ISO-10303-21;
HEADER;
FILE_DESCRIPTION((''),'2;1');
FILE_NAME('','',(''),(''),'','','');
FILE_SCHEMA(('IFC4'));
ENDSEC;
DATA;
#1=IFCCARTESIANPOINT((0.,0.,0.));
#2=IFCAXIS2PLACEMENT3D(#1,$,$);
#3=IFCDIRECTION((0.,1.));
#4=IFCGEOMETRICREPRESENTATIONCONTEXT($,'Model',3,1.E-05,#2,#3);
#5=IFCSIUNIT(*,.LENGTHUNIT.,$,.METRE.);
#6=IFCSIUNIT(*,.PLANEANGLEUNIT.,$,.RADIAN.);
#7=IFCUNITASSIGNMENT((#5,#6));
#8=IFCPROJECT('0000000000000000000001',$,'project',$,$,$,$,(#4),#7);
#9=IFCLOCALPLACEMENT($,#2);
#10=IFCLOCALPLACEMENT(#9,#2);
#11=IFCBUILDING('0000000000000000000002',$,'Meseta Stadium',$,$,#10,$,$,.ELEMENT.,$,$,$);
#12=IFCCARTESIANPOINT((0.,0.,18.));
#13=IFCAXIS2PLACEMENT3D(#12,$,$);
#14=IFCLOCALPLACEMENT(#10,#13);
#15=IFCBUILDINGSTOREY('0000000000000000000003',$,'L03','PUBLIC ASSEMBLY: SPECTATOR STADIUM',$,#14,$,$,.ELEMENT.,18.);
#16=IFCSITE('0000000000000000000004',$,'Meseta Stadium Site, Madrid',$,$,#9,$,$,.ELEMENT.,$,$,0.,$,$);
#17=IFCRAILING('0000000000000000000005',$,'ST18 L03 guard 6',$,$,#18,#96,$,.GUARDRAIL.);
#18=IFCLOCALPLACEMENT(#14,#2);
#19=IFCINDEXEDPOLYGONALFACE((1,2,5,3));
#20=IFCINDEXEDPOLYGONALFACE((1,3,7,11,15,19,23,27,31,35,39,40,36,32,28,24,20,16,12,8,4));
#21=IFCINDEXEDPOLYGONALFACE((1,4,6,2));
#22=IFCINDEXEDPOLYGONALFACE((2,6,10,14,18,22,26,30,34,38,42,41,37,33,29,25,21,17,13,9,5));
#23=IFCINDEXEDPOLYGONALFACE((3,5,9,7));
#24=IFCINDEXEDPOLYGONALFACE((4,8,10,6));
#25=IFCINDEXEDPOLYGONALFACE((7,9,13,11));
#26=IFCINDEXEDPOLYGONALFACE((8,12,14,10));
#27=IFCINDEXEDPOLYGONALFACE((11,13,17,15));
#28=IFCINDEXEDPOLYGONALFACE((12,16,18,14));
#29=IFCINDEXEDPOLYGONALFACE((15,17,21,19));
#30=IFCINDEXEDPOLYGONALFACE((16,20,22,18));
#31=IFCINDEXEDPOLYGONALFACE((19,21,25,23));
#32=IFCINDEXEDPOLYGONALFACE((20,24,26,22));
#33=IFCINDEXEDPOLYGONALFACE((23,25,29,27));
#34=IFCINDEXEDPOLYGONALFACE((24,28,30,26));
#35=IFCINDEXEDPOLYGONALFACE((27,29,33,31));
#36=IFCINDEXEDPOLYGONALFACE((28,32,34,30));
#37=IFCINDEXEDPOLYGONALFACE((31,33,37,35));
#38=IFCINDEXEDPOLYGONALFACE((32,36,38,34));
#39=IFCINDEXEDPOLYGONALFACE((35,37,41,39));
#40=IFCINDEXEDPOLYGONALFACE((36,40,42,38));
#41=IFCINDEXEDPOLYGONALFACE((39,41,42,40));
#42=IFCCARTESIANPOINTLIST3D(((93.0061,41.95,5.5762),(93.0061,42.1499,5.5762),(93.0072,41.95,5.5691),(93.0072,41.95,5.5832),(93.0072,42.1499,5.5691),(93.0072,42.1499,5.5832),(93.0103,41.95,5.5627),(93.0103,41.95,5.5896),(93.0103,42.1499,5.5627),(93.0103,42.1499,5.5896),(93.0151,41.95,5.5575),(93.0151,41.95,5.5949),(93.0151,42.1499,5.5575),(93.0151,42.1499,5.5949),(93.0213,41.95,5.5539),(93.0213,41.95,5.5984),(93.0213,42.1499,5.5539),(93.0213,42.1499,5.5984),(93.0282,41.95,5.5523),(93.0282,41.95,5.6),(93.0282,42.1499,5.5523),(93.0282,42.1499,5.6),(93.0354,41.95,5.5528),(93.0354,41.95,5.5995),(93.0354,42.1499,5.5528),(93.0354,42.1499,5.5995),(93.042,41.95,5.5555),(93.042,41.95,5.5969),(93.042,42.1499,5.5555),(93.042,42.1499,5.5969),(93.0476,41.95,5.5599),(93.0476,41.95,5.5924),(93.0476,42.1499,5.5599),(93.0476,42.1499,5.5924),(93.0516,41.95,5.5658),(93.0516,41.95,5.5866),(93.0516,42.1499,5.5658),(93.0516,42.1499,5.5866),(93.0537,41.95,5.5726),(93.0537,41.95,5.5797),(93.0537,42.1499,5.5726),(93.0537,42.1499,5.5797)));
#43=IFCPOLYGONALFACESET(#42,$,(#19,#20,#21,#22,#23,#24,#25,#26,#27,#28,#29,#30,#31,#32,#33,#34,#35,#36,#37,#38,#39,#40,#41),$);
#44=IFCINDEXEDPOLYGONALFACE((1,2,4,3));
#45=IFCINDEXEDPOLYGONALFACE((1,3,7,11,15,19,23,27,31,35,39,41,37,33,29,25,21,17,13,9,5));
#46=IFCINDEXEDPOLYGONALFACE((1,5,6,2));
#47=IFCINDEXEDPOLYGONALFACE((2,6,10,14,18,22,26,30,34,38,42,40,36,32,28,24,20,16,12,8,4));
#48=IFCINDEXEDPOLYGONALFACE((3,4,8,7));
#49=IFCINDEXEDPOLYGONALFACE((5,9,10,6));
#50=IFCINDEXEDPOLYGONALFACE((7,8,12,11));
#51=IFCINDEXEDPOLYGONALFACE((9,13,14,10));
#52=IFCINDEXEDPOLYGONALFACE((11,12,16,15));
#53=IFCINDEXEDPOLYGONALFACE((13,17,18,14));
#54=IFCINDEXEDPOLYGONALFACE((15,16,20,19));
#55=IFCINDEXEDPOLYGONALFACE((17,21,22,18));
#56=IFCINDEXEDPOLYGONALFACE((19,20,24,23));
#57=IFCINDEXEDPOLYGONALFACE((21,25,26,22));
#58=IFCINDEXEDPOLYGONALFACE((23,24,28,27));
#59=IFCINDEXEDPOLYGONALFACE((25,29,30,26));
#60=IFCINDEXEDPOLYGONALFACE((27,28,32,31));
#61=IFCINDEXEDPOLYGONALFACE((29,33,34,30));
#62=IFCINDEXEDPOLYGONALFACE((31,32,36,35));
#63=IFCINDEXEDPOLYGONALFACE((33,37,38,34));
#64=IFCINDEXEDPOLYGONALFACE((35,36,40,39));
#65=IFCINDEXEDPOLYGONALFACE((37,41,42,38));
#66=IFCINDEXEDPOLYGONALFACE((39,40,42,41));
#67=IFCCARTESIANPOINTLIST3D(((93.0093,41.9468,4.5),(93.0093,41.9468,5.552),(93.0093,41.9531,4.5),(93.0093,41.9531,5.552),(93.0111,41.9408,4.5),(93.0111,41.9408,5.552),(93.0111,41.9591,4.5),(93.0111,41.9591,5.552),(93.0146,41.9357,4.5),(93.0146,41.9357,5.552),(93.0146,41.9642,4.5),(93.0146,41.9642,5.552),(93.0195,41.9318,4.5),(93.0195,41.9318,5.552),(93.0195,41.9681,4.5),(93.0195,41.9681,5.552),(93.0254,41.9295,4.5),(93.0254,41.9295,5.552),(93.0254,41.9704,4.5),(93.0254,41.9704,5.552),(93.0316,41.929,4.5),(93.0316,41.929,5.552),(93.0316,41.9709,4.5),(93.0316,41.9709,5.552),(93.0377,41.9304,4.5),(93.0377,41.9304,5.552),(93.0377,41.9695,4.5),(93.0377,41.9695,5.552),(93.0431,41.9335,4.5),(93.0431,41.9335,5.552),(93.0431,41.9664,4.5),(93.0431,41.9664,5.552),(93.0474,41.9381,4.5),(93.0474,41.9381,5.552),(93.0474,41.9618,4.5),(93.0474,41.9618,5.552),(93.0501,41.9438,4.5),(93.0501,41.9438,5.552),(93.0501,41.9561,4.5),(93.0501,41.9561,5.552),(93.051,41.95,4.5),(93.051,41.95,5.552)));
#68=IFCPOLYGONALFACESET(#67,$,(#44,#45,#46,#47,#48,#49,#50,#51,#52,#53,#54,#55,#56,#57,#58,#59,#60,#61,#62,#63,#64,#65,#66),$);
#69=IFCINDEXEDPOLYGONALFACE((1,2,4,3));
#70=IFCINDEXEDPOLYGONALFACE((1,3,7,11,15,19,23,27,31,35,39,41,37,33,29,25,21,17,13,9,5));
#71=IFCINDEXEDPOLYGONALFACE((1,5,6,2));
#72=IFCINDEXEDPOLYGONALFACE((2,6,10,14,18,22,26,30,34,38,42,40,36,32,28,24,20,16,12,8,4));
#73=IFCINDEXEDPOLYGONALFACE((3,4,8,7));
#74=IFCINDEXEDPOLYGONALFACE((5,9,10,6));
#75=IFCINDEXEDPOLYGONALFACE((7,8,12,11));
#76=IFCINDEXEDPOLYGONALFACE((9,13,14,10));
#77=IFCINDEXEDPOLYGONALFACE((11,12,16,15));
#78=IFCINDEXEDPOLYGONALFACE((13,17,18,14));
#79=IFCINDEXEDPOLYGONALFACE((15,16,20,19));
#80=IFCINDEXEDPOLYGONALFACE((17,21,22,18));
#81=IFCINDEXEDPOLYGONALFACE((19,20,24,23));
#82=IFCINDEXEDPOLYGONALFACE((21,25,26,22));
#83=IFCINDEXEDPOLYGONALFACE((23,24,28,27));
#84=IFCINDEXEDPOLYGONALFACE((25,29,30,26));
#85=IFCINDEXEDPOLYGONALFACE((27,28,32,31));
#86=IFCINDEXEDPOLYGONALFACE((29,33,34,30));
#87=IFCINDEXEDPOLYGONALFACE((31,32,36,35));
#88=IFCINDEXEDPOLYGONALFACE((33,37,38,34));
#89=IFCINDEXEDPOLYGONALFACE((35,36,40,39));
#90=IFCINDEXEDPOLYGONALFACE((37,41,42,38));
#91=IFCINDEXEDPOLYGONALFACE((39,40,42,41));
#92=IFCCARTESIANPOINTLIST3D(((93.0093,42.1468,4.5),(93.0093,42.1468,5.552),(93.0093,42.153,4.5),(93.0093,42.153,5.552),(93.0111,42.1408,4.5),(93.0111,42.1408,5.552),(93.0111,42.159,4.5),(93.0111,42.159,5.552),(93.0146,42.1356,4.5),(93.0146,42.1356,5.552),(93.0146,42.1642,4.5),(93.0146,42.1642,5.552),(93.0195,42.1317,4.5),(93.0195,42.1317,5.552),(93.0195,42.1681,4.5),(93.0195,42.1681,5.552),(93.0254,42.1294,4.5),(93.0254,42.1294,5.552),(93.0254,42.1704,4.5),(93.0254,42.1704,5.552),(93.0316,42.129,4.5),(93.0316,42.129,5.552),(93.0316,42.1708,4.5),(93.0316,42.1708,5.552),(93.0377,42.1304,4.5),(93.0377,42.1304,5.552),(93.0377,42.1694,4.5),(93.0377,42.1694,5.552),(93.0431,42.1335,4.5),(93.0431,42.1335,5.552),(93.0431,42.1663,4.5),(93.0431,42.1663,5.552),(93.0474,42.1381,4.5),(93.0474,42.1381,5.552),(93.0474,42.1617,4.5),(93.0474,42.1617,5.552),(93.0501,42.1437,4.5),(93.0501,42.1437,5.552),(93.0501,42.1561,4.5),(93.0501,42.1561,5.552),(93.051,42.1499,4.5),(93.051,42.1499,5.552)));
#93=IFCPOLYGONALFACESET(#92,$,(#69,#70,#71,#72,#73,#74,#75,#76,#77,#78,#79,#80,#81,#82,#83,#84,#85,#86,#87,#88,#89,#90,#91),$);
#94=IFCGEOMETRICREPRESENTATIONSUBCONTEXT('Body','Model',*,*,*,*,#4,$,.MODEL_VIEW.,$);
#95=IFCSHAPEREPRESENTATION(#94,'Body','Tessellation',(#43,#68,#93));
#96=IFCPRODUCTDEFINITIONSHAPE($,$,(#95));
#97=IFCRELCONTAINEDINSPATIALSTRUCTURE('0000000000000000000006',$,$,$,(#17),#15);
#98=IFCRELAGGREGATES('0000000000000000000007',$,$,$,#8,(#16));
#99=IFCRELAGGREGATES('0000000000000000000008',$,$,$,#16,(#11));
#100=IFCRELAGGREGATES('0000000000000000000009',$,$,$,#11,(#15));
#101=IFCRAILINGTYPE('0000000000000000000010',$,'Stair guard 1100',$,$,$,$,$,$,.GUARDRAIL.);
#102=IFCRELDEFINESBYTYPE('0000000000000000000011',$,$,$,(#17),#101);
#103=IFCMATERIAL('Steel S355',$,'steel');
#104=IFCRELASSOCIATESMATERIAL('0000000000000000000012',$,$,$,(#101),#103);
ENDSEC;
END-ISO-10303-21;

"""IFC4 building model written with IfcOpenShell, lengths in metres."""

from ifc_helpers import new_model, si_unit, direction, frame, origin, origin_2d, place, context, subcontext, project, spatial, circle, extrude, material, type_object, element, save


model = new_model("IFC4")

# Units and contexts
model_context = context("Model", 3, precision=1e-05, world=origin(), true_north=direction((0.0, 1.0)))
body_context = subcontext(model_context, "Body", "Model", "MODEL_VIEW")
ifc_project = project(units=[si_unit("LENGTHUNIT", "METRE"), si_unit("PLANEANGLEUNIT", "RADIAN")], contexts=[model_context])

# Site, building, storey
site_placement = place(None, origin())
site = spatial("IfcSite", under=ifc_project, at=site_placement, Name="Meseta Stadium Site, Madrid", CompositionType="ELEMENT", RefElevation=0.0)
building_placement = place(site_placement, origin())
building = spatial("IfcBuilding", under=site, at=building_placement, Name="Meseta Stadium", CompositionType="ELEMENT")
storey_placement = place(building_placement, frame((0.0, 0.0, 18.0)))
storey = spatial("IfcBuildingStorey", under=building, at=storey_placement, Name="L03", Description="PUBLIC ASSEMBLY: SPECTATOR STADIUM", CompositionType="ELEMENT", Elevation=18.0)

# Railing
ifc_material_1 = material(Name="Steel S355", Category="steel")
railing_type_1 = type_object("IfcRailingType", Name="Stair guard 1100", PredefinedType="GUARDRAIL", material=ifc_material_1)
railing_1_placement = place(storey_placement, frame((93.03, 41.95, 4.5)))
element("IfcRailing", 1, at=railing_1_placement, inside=storey, type_object=railing_type_1, Name="ST18 L03 guard 6", PredefinedType="GUARDRAIL", context=body_context, shape_type="SweptSolid", body=[
    extrude(circle(Radius=0.0239, at=origin_2d()), frame((0.0, 0.0, 1.0762), z_axis=(0.0, 1.0, 0.0), x_axis=(-1.0, 0.0, 0.0)), (0.0, 0.0, 1.0), 0.2),
    extrude(circle(Radius=0.021, at=origin_2d()), origin(), (0.0, 0.0, 1.0), 1.052),
    extrude(circle(Radius=0.021, at=origin_2d()), frame((0.0, 0.2, 0.0)), (0.0, 0.0, 1.0), 1.052),
])

save(model, "model.ifc")
